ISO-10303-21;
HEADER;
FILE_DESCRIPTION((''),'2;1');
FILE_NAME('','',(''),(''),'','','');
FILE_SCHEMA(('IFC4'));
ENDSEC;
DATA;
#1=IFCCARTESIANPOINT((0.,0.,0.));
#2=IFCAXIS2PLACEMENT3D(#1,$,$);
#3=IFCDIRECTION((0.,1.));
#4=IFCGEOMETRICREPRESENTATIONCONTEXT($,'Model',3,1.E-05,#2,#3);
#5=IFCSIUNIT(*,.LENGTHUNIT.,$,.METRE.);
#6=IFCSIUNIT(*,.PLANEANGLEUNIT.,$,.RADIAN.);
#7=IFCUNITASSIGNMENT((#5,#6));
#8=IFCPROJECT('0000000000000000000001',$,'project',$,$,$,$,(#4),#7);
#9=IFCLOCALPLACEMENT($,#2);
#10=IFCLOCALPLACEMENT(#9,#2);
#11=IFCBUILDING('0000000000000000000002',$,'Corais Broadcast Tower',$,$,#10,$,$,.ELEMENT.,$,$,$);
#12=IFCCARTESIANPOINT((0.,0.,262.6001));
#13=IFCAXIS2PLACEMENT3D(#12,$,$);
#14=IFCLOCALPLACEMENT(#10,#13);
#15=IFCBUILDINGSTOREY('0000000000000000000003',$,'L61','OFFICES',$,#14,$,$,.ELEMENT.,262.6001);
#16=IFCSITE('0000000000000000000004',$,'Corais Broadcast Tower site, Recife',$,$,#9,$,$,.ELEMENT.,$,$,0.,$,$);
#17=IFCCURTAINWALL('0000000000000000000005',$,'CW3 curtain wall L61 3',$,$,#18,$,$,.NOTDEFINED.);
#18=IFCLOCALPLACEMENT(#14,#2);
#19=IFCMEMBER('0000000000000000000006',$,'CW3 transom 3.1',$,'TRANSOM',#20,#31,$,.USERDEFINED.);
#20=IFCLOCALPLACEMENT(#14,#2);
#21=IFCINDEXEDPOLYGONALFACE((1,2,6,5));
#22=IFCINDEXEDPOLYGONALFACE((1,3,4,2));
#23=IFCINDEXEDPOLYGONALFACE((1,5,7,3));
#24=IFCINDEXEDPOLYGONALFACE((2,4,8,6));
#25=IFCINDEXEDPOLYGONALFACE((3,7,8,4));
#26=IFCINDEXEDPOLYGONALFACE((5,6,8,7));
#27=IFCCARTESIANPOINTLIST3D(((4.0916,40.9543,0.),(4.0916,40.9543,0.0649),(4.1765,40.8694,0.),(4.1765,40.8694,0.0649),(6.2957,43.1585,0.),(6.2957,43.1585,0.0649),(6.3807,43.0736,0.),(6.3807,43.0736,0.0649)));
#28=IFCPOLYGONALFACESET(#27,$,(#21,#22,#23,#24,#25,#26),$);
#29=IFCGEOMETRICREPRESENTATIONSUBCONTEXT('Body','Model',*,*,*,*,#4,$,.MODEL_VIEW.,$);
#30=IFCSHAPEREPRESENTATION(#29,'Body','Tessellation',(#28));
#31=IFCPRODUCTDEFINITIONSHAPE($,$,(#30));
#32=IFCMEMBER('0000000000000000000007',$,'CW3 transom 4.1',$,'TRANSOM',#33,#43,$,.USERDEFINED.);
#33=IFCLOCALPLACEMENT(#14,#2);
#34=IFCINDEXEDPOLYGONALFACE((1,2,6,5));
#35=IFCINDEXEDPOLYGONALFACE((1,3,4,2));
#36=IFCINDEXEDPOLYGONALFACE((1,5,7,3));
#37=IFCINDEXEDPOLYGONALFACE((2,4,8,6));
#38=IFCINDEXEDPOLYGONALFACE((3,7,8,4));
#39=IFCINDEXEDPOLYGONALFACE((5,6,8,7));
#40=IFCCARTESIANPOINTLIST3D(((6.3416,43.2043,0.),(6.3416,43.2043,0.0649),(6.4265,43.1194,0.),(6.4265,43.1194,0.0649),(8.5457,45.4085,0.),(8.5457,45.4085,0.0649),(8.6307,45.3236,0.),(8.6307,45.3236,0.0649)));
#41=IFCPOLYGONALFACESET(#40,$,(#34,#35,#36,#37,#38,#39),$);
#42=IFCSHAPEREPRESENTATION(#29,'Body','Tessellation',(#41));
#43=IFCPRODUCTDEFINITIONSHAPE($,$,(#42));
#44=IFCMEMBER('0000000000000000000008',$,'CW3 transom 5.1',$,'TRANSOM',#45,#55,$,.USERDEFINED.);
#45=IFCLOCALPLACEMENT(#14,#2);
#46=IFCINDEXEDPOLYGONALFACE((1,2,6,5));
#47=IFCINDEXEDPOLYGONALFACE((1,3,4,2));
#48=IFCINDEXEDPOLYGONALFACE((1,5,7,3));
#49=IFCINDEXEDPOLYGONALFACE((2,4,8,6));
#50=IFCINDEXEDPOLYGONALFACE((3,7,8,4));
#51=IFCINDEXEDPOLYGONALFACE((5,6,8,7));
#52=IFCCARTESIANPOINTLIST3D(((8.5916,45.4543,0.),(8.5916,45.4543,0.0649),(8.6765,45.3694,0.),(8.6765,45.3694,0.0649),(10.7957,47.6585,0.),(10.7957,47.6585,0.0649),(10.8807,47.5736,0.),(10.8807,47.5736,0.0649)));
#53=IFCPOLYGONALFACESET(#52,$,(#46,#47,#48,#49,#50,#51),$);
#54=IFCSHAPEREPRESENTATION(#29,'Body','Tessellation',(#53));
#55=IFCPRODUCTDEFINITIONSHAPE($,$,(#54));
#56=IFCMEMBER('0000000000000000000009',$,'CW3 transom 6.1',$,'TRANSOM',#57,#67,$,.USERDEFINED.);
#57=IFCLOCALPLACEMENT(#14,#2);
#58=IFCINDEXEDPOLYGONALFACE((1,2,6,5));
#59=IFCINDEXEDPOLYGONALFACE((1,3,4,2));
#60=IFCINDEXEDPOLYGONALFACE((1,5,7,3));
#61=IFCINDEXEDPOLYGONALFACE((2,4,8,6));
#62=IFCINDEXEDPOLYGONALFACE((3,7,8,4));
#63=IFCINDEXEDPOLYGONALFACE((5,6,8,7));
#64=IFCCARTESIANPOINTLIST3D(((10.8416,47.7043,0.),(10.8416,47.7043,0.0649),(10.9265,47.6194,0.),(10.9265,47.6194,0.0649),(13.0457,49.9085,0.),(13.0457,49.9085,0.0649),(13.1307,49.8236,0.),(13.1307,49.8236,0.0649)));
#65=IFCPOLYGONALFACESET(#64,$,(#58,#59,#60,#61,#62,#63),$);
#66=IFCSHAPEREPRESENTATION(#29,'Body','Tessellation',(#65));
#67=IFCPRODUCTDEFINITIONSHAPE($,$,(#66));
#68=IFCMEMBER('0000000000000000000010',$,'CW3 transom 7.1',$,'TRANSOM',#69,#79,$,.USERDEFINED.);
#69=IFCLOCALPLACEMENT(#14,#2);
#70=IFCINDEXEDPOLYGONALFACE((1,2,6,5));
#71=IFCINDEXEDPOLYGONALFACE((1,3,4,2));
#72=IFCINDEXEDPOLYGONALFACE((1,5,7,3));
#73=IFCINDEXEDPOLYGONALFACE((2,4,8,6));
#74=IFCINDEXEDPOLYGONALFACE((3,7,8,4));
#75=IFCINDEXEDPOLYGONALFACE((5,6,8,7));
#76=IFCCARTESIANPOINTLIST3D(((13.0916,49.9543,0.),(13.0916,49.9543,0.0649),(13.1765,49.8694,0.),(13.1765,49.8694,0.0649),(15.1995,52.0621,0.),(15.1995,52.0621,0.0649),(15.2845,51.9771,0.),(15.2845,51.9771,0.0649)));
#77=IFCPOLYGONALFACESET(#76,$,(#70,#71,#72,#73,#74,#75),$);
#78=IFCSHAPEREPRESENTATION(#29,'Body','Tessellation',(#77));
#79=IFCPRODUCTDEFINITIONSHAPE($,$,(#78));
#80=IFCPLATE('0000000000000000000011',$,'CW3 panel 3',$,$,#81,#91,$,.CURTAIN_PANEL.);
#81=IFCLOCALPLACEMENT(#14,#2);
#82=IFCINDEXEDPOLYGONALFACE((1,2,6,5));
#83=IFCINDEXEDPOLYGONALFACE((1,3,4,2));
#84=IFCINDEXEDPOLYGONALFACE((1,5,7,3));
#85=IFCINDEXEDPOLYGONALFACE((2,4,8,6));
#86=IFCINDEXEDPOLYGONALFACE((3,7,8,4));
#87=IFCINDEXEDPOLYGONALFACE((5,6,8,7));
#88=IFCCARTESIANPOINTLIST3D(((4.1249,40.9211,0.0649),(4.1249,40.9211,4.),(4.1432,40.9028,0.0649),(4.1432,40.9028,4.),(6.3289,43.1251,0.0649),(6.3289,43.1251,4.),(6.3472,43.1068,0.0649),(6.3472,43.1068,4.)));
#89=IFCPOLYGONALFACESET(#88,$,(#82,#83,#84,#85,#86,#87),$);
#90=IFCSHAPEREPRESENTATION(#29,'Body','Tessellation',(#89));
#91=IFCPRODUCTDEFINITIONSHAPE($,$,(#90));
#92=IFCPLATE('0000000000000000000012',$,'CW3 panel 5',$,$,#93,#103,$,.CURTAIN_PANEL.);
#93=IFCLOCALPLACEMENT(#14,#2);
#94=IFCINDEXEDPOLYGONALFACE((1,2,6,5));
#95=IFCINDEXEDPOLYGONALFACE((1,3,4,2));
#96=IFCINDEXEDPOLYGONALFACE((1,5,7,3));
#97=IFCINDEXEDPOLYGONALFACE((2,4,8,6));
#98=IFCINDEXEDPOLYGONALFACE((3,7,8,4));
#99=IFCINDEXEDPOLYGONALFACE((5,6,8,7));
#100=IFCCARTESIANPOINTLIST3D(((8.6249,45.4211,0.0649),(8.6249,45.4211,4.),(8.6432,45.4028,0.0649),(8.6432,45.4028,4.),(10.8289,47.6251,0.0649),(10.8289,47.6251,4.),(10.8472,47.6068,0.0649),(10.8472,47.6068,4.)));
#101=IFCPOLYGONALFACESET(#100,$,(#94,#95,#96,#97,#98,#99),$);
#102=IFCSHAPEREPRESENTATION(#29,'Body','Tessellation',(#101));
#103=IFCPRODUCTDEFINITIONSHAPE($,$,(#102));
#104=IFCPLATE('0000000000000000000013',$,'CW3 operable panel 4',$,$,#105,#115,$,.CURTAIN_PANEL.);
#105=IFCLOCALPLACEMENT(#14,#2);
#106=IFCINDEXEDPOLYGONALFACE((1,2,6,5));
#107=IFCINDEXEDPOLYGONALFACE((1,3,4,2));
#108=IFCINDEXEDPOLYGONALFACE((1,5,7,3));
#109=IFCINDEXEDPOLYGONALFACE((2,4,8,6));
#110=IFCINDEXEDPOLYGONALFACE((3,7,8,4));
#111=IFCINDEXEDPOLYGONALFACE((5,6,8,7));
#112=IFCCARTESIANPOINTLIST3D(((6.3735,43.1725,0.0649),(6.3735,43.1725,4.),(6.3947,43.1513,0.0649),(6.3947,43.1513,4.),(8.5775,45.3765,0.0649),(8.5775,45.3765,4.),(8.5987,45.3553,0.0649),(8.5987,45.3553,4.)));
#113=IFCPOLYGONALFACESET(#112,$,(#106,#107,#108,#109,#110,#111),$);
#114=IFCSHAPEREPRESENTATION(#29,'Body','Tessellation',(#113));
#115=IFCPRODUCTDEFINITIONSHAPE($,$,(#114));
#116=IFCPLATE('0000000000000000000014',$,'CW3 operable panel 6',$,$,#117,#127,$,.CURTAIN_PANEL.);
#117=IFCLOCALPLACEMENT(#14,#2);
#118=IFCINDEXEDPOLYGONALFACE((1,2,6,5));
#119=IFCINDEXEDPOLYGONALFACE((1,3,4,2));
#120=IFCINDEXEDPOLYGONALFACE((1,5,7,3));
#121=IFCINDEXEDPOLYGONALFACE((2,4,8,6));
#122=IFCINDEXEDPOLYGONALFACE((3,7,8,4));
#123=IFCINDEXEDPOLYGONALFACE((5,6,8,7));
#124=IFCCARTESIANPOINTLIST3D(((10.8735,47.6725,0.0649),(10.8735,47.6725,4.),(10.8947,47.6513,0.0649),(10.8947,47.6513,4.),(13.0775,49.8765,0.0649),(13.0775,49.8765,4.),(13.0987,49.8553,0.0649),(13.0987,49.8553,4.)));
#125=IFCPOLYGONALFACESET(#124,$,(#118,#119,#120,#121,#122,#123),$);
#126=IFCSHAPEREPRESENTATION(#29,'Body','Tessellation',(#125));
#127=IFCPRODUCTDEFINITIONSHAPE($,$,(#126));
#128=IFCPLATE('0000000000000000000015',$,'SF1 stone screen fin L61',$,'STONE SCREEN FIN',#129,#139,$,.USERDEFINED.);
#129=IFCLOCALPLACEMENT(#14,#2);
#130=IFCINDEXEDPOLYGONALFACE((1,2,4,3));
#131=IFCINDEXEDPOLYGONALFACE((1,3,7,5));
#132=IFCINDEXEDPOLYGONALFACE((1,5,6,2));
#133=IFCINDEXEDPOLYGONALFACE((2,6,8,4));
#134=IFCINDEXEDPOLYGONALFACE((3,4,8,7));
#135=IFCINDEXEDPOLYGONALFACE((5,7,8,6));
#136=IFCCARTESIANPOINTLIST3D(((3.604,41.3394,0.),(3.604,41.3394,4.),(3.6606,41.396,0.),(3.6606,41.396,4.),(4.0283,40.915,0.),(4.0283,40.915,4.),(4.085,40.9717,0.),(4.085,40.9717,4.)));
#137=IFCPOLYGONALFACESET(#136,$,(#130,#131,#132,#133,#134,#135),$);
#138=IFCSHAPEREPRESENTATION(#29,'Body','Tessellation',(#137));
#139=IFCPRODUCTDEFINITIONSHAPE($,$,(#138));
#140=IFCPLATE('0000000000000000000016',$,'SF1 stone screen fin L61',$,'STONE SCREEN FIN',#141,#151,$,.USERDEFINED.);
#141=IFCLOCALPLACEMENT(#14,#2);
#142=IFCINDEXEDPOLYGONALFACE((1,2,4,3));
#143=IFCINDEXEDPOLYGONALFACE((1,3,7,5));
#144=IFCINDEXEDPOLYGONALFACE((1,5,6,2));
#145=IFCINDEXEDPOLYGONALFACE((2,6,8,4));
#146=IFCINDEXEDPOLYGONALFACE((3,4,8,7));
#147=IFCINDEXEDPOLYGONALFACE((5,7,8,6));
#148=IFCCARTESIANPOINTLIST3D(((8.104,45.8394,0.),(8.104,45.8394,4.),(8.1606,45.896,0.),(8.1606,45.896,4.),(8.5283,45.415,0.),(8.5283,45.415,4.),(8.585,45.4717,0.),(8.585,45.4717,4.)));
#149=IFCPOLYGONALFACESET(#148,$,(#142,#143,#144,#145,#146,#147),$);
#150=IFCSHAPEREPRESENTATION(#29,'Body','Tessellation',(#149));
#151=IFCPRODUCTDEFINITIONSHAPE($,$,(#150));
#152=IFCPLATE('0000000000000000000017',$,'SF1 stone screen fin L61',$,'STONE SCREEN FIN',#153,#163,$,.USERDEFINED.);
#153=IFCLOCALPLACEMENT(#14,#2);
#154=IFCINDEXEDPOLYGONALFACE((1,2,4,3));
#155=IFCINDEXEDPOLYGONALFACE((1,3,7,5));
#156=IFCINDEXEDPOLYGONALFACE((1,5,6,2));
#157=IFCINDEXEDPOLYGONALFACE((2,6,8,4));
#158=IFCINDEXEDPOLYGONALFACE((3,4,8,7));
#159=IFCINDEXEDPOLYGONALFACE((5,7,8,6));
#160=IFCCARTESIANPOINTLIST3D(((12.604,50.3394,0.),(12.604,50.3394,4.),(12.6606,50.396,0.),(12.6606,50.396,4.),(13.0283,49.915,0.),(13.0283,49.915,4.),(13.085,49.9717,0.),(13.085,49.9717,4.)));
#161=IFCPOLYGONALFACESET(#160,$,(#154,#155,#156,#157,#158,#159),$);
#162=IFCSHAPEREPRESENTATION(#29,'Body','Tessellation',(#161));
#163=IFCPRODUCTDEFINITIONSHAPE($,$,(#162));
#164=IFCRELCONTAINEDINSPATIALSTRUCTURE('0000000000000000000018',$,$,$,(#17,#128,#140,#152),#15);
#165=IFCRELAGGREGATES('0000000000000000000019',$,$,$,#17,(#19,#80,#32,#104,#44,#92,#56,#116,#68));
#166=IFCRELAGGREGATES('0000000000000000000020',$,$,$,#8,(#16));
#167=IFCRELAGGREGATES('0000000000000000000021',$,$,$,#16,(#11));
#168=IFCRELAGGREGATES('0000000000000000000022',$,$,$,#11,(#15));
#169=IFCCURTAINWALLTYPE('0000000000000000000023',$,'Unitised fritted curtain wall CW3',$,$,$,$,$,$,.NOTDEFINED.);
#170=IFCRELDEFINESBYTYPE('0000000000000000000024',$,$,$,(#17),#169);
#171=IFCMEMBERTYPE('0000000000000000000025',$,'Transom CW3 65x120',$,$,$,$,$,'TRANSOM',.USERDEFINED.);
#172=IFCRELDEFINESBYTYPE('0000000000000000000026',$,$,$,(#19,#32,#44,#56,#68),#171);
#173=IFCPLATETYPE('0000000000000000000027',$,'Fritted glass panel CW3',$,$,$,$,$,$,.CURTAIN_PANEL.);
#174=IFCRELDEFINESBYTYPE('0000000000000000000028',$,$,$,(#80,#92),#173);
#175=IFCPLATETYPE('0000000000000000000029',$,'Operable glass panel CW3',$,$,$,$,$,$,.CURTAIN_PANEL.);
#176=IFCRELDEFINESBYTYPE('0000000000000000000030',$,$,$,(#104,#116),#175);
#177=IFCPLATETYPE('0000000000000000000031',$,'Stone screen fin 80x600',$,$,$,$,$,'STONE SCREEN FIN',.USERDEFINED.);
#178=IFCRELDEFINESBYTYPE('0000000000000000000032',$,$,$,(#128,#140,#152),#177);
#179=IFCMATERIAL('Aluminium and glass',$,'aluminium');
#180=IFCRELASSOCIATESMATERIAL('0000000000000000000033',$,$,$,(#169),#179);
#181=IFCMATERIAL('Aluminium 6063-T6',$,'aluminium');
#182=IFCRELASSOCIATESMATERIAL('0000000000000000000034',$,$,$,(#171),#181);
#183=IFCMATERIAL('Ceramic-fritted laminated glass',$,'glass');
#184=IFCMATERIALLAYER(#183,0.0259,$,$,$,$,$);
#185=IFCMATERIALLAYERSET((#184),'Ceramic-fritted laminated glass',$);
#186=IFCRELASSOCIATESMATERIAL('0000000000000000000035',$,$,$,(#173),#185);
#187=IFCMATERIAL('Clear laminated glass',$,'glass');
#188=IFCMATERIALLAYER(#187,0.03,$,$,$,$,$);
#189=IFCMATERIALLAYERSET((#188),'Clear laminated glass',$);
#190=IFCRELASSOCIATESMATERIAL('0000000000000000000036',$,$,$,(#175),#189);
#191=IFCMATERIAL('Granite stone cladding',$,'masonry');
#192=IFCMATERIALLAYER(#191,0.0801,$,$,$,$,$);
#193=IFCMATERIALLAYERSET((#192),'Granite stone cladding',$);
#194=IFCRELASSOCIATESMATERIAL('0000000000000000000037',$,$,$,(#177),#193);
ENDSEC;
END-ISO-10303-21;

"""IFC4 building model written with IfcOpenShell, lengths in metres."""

from ifc_helpers import new_model, si_unit, direction, frame, origin, origin_2d, place, context, subcontext, project, spatial, rectangle, extrude, material, layer, layer_set, material_profile, profile_set, type_object, element, aggregate, save


model = new_model("IFC4")

# Units and contexts
model_context = context("Model", 3, precision=1e-05, world=origin(), true_north=direction((0.0, 1.0)))
body_context = subcontext(model_context, "Body", "Model", "MODEL_VIEW")
ifc_project = project(units=[si_unit("LENGTHUNIT", "METRE"), si_unit("PLANEANGLEUNIT", "RADIAN")], contexts=[model_context])

# Site, building, storey
site_placement = place(None, origin())
site = spatial("IfcSite", under=ifc_project, at=site_placement, Name="Corais Broadcast Tower site, Recife", CompositionType="ELEMENT", RefElevation=0.0)
building_placement = place(site_placement, origin())
building = spatial("IfcBuilding", under=site, at=building_placement, Name="Corais Broadcast Tower", CompositionType="ELEMENT")
storey_placement = place(building_placement, frame((0.0, 0.0, 262.6001)))
storey = spatial("IfcBuildingStorey", under=building, at=storey_placement, Name="L61", Description="OFFICES", CompositionType="ELEMENT", Elevation=262.6001)

# Curtain wall
ifc_material_1 = material(Name="Aluminium and glass", Category="aluminium")
curtain_wall_type = type_object("IfcCurtainWallType", Name="Unitised fritted curtain wall CW3", PredefinedType="NOTDEFINED", material=ifc_material_1)
curtain_wall_placement = place(storey_placement, origin())
curtain_wall = element("IfcCurtainWall", 1, at=curtain_wall_placement, inside=storey, type_object=curtain_wall_type, Name="CW3 curtain wall L61 3", PredefinedType="NOTDEFINED")

# Members
ifc_material_2 = material(Name="Aluminium 6063-T6", Category="aluminium")
ifc_material_profile_1 = material_profile(ifc_material_2, rectangle(XDim=0.1201, YDim=0.0649, at=origin_2d()), Name="Transom CW3 65x120")
ifc_profile_set_1 = profile_set([ifc_material_profile_1], Name="Aluminium 6063-T6")
member_type_1 = type_object("IfcMemberType", Name="Transom CW3 65x120", ElementType="TRANSOM", PredefinedType="USERDEFINED", material=ifc_profile_set_1)
member_1_placement = place(storey_placement, frame((4.134, 40.9119, 0.0325), z_axis=(0.707107, 0.707107, 0.0), x_axis=(-0.707107, 0.707107, 0.0)))
member_1 = element("IfcMember", 2, at=member_1_placement, type_object=member_type_1, Name="CW3 transom 3.1", ObjectType="TRANSOM", PredefinedType="USERDEFINED", context=body_context, shape_type="SweptSolid", body=[
    extrude(rectangle(XDim=0.1201, YDim=0.0649, at=origin_2d()), origin(), (0.0, 0.0, 1.0), 3.1172),
])
member_2_placement = place(storey_placement, frame((6.384, 43.1619, 0.0325), z_axis=(0.707107, 0.707107, 0.0), x_axis=(-0.707107, 0.707107, 0.0)))
member_2 = element("IfcMember", 3, at=member_2_placement, type_object=member_type_1, Name="CW3 transom 4.1", ObjectType="TRANSOM", PredefinedType="USERDEFINED", context=body_context, shape_type="SweptSolid", body=[
    extrude(rectangle(XDim=0.1201, YDim=0.0649, at=origin_2d()), origin(), (0.0, 0.0, 1.0), 3.1172),
])
member_3_placement = place(storey_placement, frame((8.634, 45.4119, 0.0325), z_axis=(0.707107, 0.707107, 0.0), x_axis=(-0.707107, 0.707107, 0.0)))
member_3 = element("IfcMember", 4, at=member_3_placement, type_object=member_type_1, Name="CW3 transom 5.1", ObjectType="TRANSOM", PredefinedType="USERDEFINED", context=body_context, shape_type="SweptSolid", body=[
    extrude(rectangle(XDim=0.1201, YDim=0.0649, at=origin_2d()), origin(), (0.0, 0.0, 1.0), 3.1172),
])
member_4_placement = place(storey_placement, frame((10.884, 47.6619, 0.0325), z_axis=(0.707107, 0.707107, 0.0), x_axis=(-0.707107, 0.707107, 0.0)))
member_4 = element("IfcMember", 5, at=member_4_placement, type_object=member_type_1, Name="CW3 transom 6.1", ObjectType="TRANSOM", PredefinedType="USERDEFINED", context=body_context, shape_type="SweptSolid", body=[
    extrude(rectangle(XDim=0.1201, YDim=0.0649, at=origin_2d()), origin(), (0.0, 0.0, 1.0), 3.1172),
])
member_5_placement = place(storey_placement, frame((13.134, 49.9119, 0.0325), z_axis=(0.707148, 0.707066, 0.0), x_axis=(-0.707066, 0.707148, 0.0)))
member_5 = element("IfcMember", 6, at=member_5_placement, type_object=member_type_1, Name="CW3 transom 7.1", ObjectType="TRANSOM", PredefinedType="USERDEFINED", context=body_context, shape_type="SweptSolid", body=[
    extrude(rectangle(XDim=0.1201, YDim=0.0649, at=origin_2d()), origin(), (0.0, 0.0, 1.0), 2.981),
])

# Plates
ifc_material_3 = material(Name="Ceramic-fritted laminated glass", Category="glass")
ifc_layer_1 = layer(ifc_material_3, 0.0259)
ifc_layer_set_1 = layer_set([ifc_layer_1], Name="Ceramic-fritted laminated glass")
plate_type_1 = type_object("IfcPlateType", Name="Fritted glass panel CW3", PredefinedType="CURTAIN_PANEL", material=ifc_layer_set_1)
plate_1_placement = place(storey_placement, frame((5.2361, 42.0139, 0.0649), z_axis=(0.0, 0.0, 1.0), x_axis=(0.707107, 0.707107, 0.0)))
plate_1 = element("IfcPlate", 7, at=plate_1_placement, type_object=plate_type_1, Name="CW3 panel 3", PredefinedType="CURTAIN_PANEL", context=body_context, shape_type="SweptSolid", body=[
    extrude(rectangle(XDim=3.1169, YDim=0.0259, at=origin_2d()), origin(), (0.0, 0.0, 1.0), 3.9351),
])
plate_2_placement = place(storey_placement, frame((9.7361, 46.5139, 0.0649), z_axis=(0.0, 0.0, 1.0), x_axis=(0.707107, 0.707107, 0.0)))
plate_2 = element("IfcPlate", 8, at=plate_2_placement, type_object=plate_type_1, Name="CW3 panel 5", PredefinedType="CURTAIN_PANEL", context=body_context, shape_type="SweptSolid", body=[
    extrude(rectangle(XDim=3.1169, YDim=0.0259, at=origin_2d()), origin(), (0.0, 0.0, 1.0), 3.9351),
])
ifc_material_4 = material(Name="Clear laminated glass", Category="glass")
ifc_layer_2 = layer(ifc_material_4, 0.03)
ifc_layer_set_2 = layer_set([ifc_layer_2], Name="Clear laminated glass")
plate_type_2 = type_object("IfcPlateType", Name="Operable glass panel CW3", PredefinedType="CURTAIN_PANEL", material=ifc_layer_set_2)
plate_3_placement = place(storey_placement, frame((7.4861, 44.2639, 0.0649), z_axis=(0.0, 0.0, 1.0), x_axis=(0.707107, 0.707107, 0.0)))
plate_3 = element("IfcPlate", 9, at=plate_3_placement, type_object=plate_type_2, Name="CW3 operable panel 4", PredefinedType="CURTAIN_PANEL", context=body_context, shape_type="SweptSolid", body=[
    extrude(rectangle(XDim=3.1169, YDim=0.03, at=origin_2d()), origin(), (0.0, 0.0, 1.0), 3.9351),
])
plate_4_placement = place(storey_placement, frame((11.9861, 48.7639, 0.0649), z_axis=(0.0, 0.0, 1.0), x_axis=(0.707107, 0.707107, 0.0)))
plate_4 = element("IfcPlate", 10, at=plate_4_placement, type_object=plate_type_2, Name="CW3 operable panel 6", PredefinedType="CURTAIN_PANEL", context=body_context, shape_type="SweptSolid", body=[
    extrude(rectangle(XDim=3.1169, YDim=0.03, at=origin_2d()), origin(), (0.0, 0.0, 1.0), 3.9351),
])
aggregate(curtain_wall, [member_1, plate_1, member_2, plate_3, member_3, plate_2, member_4, plate_4, member_5])

# Plates
ifc_material_5 = material(Name="Granite stone cladding", Category="masonry")
ifc_layer_3 = layer(ifc_material_5, 0.0801)
ifc_layer_set_3 = layer_set([ifc_layer_3], Name="Granite stone cladding")
plate_type_3 = type_object("IfcPlateType", Name="Stone screen fin 80x600", ElementType="STONE SCREEN FIN", PredefinedType="USERDEFINED", material=ifc_layer_set_3)
for number, where, z_axis, x_axis, name in (
    (11, (3.8445, 41.1555, 0.0), (0.0, 0.0, 1.0), (0.707107, 0.707107, 0.0), "SF1 stone screen fin L61"),
    (12, (8.3445, 45.6555, 0.0), (0.0, 0.0, 1.0), (0.707107, 0.707107, 0.0), "SF1 stone screen fin L61"),
    (13, (12.8445, 50.1555, 0.0), (0.0, 0.0, 1.0), (0.707107, 0.707107, 0.0), "SF1 stone screen fin L61"),
):
    element("IfcPlate", number, at=place(storey_placement, frame(where, z_axis=z_axis, x_axis=x_axis)), inside=storey, type_object=plate_type_3, Name=name, ObjectType="STONE SCREEN FIN", PredefinedType="USERDEFINED", context=body_context, shape_type="SweptSolid", body=[
        extrude(rectangle(XDim=0.0801, YDim=0.6001, at=origin_2d()), origin(), (0.0, 0.0, 1.0), 4.0),
    ])

save(model, "model.ifc")
